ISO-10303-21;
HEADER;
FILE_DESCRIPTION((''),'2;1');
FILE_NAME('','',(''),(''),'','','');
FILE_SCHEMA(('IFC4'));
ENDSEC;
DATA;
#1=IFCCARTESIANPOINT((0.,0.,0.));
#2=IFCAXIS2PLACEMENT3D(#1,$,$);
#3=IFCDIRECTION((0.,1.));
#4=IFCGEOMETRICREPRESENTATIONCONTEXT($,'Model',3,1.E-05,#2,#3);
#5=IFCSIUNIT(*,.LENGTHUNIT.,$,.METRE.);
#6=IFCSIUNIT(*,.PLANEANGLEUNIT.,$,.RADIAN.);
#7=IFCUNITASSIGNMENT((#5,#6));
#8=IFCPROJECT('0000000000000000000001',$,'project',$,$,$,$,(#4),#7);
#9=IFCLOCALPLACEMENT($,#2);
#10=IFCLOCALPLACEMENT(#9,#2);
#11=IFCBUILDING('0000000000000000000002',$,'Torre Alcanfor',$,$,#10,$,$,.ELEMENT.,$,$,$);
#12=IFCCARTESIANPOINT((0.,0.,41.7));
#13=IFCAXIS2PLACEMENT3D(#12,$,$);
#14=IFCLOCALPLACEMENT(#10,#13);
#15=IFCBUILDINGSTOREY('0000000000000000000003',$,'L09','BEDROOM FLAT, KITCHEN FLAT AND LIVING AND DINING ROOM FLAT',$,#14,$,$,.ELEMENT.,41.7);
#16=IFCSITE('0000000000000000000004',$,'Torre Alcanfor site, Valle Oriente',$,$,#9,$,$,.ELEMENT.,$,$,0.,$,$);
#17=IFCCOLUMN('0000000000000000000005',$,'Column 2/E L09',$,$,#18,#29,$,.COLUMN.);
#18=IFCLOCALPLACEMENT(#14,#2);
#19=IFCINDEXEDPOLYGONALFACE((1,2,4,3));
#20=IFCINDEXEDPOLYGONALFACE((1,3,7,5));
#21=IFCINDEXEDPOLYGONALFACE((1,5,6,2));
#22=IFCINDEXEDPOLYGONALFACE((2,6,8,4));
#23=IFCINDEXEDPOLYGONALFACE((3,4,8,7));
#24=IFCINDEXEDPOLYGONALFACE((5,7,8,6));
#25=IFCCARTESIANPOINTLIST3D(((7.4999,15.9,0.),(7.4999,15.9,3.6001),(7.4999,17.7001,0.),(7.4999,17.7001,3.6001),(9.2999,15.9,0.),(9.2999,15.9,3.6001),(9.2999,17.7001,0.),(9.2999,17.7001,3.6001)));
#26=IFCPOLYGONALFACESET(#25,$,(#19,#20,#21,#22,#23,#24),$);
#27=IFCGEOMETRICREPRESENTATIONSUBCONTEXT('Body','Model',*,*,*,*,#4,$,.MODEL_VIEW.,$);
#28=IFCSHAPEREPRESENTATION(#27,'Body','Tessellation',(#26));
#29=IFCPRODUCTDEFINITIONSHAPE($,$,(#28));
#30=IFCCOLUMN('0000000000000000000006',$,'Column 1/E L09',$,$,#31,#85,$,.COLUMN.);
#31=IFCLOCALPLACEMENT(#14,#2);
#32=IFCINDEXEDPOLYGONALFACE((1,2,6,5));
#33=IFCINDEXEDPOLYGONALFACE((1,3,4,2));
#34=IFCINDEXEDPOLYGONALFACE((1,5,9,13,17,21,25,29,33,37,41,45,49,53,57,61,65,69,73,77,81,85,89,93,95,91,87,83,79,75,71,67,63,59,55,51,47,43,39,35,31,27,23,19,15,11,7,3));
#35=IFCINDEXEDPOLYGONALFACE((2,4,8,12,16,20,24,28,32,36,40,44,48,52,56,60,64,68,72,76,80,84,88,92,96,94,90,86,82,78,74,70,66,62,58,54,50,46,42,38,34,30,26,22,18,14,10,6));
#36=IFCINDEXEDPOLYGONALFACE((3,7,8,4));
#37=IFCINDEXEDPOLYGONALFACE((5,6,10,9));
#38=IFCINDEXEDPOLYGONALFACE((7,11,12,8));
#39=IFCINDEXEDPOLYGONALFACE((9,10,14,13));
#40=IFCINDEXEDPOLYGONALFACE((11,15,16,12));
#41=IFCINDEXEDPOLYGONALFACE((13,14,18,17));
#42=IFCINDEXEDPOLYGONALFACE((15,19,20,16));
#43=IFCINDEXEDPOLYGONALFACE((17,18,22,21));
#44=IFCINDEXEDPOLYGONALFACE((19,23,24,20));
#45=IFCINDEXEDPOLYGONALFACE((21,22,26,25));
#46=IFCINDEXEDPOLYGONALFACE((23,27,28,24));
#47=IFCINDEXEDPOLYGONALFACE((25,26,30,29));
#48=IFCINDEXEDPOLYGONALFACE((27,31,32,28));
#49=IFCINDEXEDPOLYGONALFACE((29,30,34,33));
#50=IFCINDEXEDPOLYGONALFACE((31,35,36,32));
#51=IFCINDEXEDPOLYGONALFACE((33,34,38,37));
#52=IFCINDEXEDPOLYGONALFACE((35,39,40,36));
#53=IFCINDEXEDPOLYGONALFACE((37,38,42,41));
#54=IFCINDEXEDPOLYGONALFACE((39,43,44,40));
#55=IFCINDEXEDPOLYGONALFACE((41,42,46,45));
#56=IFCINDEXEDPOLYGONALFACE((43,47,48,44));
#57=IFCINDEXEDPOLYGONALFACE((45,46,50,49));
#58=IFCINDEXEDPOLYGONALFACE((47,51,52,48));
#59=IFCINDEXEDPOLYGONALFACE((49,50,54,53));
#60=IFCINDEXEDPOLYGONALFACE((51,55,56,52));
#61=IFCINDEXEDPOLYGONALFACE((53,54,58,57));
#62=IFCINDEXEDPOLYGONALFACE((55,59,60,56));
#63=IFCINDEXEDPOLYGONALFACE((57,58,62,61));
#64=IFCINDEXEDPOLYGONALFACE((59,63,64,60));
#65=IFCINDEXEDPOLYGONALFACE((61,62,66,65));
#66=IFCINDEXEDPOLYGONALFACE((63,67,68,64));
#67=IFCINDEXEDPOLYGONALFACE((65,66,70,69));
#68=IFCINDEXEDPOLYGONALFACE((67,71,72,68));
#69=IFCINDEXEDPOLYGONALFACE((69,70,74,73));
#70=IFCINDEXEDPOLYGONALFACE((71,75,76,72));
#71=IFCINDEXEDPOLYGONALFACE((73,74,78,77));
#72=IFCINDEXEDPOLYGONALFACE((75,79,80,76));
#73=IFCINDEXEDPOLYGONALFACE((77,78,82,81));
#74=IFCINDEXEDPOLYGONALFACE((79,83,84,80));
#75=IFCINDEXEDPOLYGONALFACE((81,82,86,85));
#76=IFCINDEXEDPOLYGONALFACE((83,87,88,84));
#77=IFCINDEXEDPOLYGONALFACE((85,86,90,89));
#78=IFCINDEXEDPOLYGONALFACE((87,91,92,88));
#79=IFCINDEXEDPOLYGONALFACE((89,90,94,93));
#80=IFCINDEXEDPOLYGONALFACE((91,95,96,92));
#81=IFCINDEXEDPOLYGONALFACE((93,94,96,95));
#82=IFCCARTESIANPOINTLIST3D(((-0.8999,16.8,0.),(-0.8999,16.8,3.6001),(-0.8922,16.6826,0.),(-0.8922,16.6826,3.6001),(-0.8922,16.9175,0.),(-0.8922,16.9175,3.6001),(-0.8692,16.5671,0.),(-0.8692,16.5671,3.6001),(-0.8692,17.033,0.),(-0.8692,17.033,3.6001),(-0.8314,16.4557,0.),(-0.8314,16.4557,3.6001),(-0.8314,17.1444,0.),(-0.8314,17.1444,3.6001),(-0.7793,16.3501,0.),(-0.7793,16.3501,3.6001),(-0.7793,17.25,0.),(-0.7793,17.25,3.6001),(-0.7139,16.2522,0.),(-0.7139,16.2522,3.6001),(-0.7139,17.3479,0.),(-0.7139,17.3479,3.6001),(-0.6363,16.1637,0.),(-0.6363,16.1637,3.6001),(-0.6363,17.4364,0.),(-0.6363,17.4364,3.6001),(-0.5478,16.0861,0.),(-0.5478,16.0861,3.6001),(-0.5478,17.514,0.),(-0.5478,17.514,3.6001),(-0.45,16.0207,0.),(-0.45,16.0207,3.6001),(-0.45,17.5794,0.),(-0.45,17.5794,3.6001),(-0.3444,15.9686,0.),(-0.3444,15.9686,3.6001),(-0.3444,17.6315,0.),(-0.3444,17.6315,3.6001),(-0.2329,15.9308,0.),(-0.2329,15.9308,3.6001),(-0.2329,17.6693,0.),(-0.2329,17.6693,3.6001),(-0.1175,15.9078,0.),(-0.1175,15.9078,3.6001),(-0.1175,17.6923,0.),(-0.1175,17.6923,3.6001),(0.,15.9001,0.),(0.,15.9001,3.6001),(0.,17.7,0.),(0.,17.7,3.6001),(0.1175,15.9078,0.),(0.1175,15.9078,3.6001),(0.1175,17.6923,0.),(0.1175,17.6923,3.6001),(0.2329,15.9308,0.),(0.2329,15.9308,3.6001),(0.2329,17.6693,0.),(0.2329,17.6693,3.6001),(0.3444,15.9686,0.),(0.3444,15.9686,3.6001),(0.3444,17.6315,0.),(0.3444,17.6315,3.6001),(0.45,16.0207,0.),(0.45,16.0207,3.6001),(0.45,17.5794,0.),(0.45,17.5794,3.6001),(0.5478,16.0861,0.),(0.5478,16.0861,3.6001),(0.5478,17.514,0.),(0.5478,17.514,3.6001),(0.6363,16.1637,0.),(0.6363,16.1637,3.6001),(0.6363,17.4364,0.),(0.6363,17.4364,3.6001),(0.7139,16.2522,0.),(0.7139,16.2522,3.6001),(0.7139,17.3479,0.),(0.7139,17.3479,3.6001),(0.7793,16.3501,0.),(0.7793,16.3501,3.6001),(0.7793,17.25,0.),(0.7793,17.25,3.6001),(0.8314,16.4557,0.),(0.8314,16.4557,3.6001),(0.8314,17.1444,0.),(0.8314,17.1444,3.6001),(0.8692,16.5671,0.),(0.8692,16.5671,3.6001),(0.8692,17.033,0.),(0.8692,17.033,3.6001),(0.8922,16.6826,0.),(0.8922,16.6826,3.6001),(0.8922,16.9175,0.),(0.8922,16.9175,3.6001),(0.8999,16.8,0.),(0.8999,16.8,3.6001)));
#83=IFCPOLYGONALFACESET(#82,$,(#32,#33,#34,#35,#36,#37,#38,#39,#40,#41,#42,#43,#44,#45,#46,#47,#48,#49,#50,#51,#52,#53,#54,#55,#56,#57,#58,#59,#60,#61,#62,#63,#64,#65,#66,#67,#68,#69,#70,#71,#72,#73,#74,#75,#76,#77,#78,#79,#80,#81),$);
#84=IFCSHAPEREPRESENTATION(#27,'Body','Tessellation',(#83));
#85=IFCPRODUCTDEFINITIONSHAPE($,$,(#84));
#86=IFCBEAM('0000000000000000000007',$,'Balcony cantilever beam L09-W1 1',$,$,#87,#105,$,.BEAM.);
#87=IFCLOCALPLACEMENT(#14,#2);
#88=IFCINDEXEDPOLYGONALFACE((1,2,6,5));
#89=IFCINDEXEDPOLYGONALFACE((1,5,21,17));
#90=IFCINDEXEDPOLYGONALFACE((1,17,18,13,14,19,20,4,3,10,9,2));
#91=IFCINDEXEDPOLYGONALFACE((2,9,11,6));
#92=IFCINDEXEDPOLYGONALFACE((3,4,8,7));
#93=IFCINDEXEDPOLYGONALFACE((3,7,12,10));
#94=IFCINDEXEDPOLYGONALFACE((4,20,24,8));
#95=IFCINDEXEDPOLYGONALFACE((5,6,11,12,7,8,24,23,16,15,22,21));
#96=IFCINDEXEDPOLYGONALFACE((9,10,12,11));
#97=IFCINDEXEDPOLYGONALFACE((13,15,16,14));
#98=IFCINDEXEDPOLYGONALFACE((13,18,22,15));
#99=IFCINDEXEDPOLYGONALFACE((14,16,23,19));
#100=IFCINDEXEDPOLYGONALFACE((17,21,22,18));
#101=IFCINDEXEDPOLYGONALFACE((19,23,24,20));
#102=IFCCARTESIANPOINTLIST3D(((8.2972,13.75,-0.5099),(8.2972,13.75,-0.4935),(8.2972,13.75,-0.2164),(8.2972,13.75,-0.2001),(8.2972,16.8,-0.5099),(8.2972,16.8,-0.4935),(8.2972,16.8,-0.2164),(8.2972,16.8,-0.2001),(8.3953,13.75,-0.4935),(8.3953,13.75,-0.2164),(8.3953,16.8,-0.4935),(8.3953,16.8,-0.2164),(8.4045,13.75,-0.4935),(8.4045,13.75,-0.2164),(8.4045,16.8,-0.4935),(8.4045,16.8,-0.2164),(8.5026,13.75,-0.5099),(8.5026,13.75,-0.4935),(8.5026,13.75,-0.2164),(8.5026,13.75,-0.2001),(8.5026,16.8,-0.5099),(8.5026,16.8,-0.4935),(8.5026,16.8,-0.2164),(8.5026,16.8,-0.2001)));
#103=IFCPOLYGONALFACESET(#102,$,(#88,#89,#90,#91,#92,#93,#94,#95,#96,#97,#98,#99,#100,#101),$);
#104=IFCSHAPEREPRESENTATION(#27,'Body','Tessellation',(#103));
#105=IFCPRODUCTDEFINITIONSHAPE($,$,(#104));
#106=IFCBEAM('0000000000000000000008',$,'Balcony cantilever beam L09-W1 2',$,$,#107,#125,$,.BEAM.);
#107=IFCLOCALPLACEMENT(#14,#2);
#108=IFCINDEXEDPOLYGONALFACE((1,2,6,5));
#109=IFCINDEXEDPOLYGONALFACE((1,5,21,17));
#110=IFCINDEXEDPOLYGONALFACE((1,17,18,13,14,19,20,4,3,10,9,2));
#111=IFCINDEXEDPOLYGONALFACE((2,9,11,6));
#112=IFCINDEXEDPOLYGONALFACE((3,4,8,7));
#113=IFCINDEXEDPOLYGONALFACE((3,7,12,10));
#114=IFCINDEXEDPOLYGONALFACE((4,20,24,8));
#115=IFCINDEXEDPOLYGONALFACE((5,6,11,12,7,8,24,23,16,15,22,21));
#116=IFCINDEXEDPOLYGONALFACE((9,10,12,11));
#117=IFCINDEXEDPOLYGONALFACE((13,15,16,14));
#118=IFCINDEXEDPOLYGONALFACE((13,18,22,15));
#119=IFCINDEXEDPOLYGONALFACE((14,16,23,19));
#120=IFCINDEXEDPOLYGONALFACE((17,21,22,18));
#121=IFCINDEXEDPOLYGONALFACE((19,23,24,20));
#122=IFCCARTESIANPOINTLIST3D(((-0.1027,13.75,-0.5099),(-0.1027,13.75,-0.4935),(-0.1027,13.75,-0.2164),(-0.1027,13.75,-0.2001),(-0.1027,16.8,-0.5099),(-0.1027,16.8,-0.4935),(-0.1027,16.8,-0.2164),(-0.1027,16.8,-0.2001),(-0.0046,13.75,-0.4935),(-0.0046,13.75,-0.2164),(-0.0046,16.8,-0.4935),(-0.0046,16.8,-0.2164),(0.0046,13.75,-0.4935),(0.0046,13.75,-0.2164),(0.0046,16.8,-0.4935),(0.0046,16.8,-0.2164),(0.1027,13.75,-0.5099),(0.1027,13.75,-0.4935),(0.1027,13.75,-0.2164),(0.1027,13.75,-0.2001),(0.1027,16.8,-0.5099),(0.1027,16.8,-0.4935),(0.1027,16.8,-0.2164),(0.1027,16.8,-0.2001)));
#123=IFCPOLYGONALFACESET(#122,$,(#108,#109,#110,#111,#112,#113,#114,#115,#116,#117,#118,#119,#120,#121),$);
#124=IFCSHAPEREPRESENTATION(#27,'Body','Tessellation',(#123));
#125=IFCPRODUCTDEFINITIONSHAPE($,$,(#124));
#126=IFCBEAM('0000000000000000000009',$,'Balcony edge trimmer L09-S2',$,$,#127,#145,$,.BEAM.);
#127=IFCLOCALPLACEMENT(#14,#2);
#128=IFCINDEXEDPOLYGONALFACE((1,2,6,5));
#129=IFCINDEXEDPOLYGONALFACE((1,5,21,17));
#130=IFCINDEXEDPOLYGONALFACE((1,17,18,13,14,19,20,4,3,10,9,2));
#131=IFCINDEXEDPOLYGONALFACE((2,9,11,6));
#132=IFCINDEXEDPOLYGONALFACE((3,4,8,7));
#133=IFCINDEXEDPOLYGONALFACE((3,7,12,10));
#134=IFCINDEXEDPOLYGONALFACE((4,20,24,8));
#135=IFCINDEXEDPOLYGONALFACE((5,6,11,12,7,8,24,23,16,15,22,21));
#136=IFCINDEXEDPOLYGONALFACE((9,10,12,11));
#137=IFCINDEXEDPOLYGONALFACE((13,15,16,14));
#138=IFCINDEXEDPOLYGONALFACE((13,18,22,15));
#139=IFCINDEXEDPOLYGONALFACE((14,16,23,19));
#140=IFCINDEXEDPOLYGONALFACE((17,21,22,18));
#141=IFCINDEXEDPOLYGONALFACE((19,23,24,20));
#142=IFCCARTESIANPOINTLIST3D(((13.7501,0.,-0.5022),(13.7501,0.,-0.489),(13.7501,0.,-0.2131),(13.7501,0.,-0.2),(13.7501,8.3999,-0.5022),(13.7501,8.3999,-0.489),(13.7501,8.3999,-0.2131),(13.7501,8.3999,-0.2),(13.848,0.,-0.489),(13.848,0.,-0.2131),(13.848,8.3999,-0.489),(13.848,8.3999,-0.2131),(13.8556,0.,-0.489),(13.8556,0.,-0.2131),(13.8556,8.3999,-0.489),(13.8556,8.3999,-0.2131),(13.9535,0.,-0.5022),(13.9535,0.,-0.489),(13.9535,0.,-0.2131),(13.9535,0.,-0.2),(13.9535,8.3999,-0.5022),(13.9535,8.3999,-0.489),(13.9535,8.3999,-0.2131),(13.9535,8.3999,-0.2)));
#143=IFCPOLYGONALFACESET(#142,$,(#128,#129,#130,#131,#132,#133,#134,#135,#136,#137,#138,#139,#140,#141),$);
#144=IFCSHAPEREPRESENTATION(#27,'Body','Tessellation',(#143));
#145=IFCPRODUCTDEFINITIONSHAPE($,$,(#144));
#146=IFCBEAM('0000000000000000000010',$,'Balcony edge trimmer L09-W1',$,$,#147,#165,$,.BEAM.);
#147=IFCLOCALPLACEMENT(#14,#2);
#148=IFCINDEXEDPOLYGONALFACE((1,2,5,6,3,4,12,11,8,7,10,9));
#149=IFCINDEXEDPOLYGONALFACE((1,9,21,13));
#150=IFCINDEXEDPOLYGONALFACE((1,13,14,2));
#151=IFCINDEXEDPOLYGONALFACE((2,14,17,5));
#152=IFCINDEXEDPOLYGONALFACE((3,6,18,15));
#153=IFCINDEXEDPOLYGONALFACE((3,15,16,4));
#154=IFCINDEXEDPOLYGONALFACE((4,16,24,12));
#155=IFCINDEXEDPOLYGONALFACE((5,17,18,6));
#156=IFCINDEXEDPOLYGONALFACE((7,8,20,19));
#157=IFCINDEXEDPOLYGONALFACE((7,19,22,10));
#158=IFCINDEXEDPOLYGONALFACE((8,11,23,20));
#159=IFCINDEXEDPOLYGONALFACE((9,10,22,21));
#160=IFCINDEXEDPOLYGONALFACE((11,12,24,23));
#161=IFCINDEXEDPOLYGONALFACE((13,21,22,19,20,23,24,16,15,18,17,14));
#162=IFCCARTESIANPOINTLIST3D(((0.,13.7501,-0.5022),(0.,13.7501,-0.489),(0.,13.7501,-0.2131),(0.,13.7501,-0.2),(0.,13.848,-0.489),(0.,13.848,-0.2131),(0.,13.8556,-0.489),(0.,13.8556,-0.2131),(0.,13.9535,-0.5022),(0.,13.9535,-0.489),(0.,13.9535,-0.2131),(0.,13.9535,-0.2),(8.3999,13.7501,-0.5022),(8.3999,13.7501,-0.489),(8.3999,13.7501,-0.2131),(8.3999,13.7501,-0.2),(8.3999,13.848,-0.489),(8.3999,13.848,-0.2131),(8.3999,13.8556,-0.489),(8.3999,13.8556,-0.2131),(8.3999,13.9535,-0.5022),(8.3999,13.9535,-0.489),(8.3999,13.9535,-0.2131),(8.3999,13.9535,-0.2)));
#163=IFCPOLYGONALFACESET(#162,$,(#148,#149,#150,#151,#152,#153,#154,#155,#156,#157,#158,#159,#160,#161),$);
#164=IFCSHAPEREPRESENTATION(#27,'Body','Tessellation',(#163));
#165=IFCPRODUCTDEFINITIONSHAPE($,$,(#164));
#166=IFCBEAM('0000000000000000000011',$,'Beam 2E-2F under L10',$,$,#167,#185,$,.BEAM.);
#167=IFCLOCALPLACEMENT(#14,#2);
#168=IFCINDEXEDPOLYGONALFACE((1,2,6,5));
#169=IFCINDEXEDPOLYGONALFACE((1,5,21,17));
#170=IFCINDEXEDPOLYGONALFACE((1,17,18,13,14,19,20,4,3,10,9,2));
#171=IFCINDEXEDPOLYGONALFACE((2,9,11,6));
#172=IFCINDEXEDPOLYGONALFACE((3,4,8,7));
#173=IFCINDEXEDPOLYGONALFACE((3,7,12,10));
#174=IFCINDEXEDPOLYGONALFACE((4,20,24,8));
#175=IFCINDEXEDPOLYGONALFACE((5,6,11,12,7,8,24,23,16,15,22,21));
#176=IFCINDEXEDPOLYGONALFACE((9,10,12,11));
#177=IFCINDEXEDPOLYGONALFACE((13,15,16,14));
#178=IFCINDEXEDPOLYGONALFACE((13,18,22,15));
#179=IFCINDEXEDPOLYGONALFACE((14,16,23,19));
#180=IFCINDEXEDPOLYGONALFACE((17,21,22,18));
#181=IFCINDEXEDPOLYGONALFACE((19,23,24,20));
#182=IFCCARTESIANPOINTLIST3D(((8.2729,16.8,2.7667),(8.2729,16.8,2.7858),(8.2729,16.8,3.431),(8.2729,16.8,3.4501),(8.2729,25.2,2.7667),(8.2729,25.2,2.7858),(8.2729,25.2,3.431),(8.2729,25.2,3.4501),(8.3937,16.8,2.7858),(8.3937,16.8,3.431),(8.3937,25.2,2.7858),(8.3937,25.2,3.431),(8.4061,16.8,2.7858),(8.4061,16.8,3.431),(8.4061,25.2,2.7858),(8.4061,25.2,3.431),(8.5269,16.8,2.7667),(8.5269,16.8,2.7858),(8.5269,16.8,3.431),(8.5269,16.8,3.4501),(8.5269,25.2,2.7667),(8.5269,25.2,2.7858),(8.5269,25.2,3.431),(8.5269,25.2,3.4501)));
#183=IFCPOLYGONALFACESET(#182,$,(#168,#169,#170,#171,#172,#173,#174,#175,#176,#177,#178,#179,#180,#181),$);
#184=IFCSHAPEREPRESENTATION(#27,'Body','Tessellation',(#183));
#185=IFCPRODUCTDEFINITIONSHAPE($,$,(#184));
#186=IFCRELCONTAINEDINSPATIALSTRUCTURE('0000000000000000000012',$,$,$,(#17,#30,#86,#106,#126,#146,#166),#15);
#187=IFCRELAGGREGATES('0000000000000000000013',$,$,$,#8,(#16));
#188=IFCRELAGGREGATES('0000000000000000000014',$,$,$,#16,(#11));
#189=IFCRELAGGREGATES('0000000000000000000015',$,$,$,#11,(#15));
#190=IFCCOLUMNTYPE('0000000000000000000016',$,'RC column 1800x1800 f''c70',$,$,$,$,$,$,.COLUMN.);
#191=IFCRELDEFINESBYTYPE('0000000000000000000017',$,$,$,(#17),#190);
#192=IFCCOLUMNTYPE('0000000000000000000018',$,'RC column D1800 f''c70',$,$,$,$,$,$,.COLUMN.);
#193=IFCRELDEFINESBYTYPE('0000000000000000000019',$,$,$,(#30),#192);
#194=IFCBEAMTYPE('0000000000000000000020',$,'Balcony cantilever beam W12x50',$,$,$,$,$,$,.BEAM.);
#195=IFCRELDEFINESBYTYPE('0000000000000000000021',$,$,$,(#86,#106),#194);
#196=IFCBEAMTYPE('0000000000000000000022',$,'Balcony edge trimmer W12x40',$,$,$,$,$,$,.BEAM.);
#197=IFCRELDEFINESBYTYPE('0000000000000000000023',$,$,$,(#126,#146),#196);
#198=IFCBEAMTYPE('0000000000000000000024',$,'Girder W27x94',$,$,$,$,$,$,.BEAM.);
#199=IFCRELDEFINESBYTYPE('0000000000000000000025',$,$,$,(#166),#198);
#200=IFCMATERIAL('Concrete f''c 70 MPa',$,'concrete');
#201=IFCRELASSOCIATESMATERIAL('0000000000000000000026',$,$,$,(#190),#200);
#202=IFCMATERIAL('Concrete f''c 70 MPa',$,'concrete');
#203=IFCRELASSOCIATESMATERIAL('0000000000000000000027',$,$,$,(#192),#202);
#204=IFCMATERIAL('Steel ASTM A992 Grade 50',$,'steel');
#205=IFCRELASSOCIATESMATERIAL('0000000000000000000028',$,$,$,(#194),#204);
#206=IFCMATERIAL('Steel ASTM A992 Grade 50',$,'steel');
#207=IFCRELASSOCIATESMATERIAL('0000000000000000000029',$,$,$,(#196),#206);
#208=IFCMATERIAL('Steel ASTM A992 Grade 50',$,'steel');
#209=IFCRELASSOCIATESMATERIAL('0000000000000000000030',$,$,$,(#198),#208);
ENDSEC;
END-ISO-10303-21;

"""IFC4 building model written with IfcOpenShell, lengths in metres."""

from ifc_helpers import new_model, si_unit, direction, frame, origin, origin_2d, place, context, subcontext, project, spatial, rectangle, circle, i_section, extrude, material, material_profile, profile_set, type_object, element, save


model = new_model("IFC4")

# Units and contexts
model_context = context("Model", 3, precision=1e-05, world=origin(), true_north=direction((0.0, 1.0)))
body_context = subcontext(model_context, "Body", "Model", "MODEL_VIEW")
ifc_project = project(units=[si_unit("LENGTHUNIT", "METRE"), si_unit("PLANEANGLEUNIT", "RADIAN")], contexts=[model_context])

# Site, building, storey
site_placement = place(None, origin())
site = spatial("IfcSite", under=ifc_project, at=site_placement, Name="Torre Alcanfor site, Valle Oriente", CompositionType="ELEMENT", RefElevation=0.0)
building_placement = place(site_placement, origin())
building = spatial("IfcBuilding", under=site, at=building_placement, Name="Torre Alcanfor", CompositionType="ELEMENT")
storey_placement = place(building_placement, frame((0.0, 0.0, 41.7)))
storey = spatial("IfcBuildingStorey", under=building, at=storey_placement, Name="L09", Description="BEDROOM FLAT, KITCHEN FLAT AND LIVING AND DINING ROOM FLAT", CompositionType="ELEMENT", Elevation=41.7)

# Columns
ifc_material_1 = material(Name="Concrete f'c 70 MPa", Category="concrete")
ifc_material_profile_1 = material_profile(ifc_material_1, rectangle(XDim=1.8, YDim=1.8, at=origin_2d()), Name="1800x1800")
ifc_profile_set_1 = profile_set([ifc_material_profile_1], Name="Concrete f'c 70 MPa")
column_type_1 = type_object("IfcColumnType", Name="RC column 1800x1800 f'c70", PredefinedType="COLUMN", material=ifc_profile_set_1)
column_1_placement = place(storey_placement, frame((8.3999, 16.8, 0.0), z_axis=(0.0, 0.0, 1.0), x_axis=(1.0, 0.0, 0.0)))
element("IfcColumn", 1, at=column_1_placement, inside=storey, type_object=column_type_1, Name="Column 2/E L09", PredefinedType="COLUMN", context=body_context, shape_type="SweptSolid", body=[
    extrude(rectangle(XDim=1.8, YDim=1.8, at=origin_2d()), origin(), (0.0, 0.0, 1.0), 3.6001),
])
ifc_material_2 = material(Name="Concrete f'c 70 MPa", Category="concrete")
ifc_material_profile_2 = material_profile(ifc_material_2, circle(Radius=0.8999, at=origin_2d()), Name="D1800")
ifc_profile_set_2 = profile_set([ifc_material_profile_2], Name="Concrete f'c 70 MPa")
column_type_2 = type_object("IfcColumnType", Name="RC column D1800 f'c70", PredefinedType="COLUMN", material=ifc_profile_set_2)
column_2_placement = place(storey_placement, frame((0.0, 16.8, 0.0), z_axis=(0.0, 0.0, 1.0), x_axis=(1.0, 0.0, 0.0)))
element("IfcColumn", 2, at=column_2_placement, inside=storey, type_object=column_type_2, Name="Column 1/E L09", PredefinedType="COLUMN", context=body_context, shape_type="SweptSolid", body=[
    extrude(circle(Radius=0.8999, at=origin_2d()), origin(), (0.0, 0.0, 1.0), 3.6001),
])

# Beams
ifc_material_3 = material(Name="Steel ASTM A992 Grade 50", Category="steel")
ifc_material_profile_3 = material_profile(ifc_material_3, i_section(OverallWidth=0.2053, OverallDepth=0.3098, WebThickness=0.0093, FlangeThickness=0.0164, at=origin_2d()), Name="W12x50")
ifc_profile_set_3 = profile_set([ifc_material_profile_3], Name="Steel ASTM A992 Grade 50")
beam_type_1 = type_object("IfcBeamType", Name="Balcony cantilever beam W12x50", PredefinedType="BEAM", material=ifc_profile_set_3)
for number, where, z_axis, x_axis, name in (
    (3, (8.3999, 16.8, -0.355), (0.0, -1.0, 0.0), (1.0, 0.0, 0.0), "Balcony cantilever beam L09-W1 1"),
    (4, (0.0, 16.8, -0.355), (0.0, -1.0, 0.0), (1.0, 0.0, 0.0), "Balcony cantilever beam L09-W1 2"),
):
    element("IfcBeam", number, at=place(storey_placement, frame(where, z_axis=z_axis, x_axis=x_axis)), inside=storey, type_object=beam_type_1, Name=name, PredefinedType="BEAM", context=body_context, shape_type="SweptSolid", body=[
        extrude(i_section(OverallWidth=0.2053, OverallDepth=0.3098, WebThickness=0.0093, FlangeThickness=0.0164, at=origin_2d()), origin(), (0.0, 0.0, 1.0), 3.05),
    ])
ifc_material_4 = material(Name="Steel ASTM A992 Grade 50", Category="steel")
ifc_material_profile_4 = material_profile(ifc_material_4, i_section(OverallWidth=0.2034, OverallDepth=0.3022, WebThickness=0.0076, FlangeThickness=0.0132, at=origin_2d()), Name="W12x40")
ifc_profile_set_4 = profile_set([ifc_material_profile_4], Name="Steel ASTM A992 Grade 50")
beam_type_2 = type_object("IfcBeamType", Name="Balcony edge trimmer W12x40", PredefinedType="BEAM", material=ifc_profile_set_4)
for number, where, z_axis, x_axis, name in (
    (5, (13.8518, 8.3999, -0.3511), (0.0, -1.0, 0.0), (1.0, 0.0, 0.0), "Balcony edge trimmer L09-S2"),
    (6, (8.3999, 13.8518, -0.3511), (-1.0, 0.0, 0.0), (0.0, -1.0, 0.0), "Balcony edge trimmer L09-W1"),
):
    element("IfcBeam", number, at=place(storey_placement, frame(where, z_axis=z_axis, x_axis=x_axis)), inside=storey, type_object=beam_type_2, Name=name, PredefinedType="BEAM", context=body_context, shape_type="SweptSolid", body=[
        extrude(i_section(OverallWidth=0.2034, OverallDepth=0.3022, WebThickness=0.0076, FlangeThickness=0.0132, at=origin_2d()), origin(), (0.0, 0.0, 1.0), 8.3999),
    ])
ifc_material_5 = material(Name="Steel ASTM A992 Grade 50", Category="steel")
ifc_material_profile_5 = material_profile(ifc_material_5, i_section(OverallWidth=0.2539, OverallDepth=0.6833, WebThickness=0.0125, FlangeThickness=0.019, at=origin_2d()), Name="W27x94")
ifc_profile_set_5 = profile_set([ifc_material_profile_5], Name="Steel ASTM A992 Grade 50")
beam_type_3 = type_object("IfcBeamType", Name="Girder W27x94", PredefinedType="BEAM", material=ifc_profile_set_5)
beam_1_placement = place(storey_placement, frame((8.3999, 16.8, 3.1084), z_axis=(0.0, 1.0, 0.0), x_axis=(-1.0, 0.0, 0.0)))
element("IfcBeam", 7, at=beam_1_placement, inside=storey, type_object=beam_type_3, Name="Beam 2E-2F under L10", PredefinedType="BEAM", context=body_context, shape_type="SweptSolid", body=[
    extrude(i_section(OverallWidth=0.2539, OverallDepth=0.6833, WebThickness=0.0125, FlangeThickness=0.019, at=origin_2d()), origin(), (0.0, 0.0, 1.0), 8.3999),
])

save(model, "model.ifc")
